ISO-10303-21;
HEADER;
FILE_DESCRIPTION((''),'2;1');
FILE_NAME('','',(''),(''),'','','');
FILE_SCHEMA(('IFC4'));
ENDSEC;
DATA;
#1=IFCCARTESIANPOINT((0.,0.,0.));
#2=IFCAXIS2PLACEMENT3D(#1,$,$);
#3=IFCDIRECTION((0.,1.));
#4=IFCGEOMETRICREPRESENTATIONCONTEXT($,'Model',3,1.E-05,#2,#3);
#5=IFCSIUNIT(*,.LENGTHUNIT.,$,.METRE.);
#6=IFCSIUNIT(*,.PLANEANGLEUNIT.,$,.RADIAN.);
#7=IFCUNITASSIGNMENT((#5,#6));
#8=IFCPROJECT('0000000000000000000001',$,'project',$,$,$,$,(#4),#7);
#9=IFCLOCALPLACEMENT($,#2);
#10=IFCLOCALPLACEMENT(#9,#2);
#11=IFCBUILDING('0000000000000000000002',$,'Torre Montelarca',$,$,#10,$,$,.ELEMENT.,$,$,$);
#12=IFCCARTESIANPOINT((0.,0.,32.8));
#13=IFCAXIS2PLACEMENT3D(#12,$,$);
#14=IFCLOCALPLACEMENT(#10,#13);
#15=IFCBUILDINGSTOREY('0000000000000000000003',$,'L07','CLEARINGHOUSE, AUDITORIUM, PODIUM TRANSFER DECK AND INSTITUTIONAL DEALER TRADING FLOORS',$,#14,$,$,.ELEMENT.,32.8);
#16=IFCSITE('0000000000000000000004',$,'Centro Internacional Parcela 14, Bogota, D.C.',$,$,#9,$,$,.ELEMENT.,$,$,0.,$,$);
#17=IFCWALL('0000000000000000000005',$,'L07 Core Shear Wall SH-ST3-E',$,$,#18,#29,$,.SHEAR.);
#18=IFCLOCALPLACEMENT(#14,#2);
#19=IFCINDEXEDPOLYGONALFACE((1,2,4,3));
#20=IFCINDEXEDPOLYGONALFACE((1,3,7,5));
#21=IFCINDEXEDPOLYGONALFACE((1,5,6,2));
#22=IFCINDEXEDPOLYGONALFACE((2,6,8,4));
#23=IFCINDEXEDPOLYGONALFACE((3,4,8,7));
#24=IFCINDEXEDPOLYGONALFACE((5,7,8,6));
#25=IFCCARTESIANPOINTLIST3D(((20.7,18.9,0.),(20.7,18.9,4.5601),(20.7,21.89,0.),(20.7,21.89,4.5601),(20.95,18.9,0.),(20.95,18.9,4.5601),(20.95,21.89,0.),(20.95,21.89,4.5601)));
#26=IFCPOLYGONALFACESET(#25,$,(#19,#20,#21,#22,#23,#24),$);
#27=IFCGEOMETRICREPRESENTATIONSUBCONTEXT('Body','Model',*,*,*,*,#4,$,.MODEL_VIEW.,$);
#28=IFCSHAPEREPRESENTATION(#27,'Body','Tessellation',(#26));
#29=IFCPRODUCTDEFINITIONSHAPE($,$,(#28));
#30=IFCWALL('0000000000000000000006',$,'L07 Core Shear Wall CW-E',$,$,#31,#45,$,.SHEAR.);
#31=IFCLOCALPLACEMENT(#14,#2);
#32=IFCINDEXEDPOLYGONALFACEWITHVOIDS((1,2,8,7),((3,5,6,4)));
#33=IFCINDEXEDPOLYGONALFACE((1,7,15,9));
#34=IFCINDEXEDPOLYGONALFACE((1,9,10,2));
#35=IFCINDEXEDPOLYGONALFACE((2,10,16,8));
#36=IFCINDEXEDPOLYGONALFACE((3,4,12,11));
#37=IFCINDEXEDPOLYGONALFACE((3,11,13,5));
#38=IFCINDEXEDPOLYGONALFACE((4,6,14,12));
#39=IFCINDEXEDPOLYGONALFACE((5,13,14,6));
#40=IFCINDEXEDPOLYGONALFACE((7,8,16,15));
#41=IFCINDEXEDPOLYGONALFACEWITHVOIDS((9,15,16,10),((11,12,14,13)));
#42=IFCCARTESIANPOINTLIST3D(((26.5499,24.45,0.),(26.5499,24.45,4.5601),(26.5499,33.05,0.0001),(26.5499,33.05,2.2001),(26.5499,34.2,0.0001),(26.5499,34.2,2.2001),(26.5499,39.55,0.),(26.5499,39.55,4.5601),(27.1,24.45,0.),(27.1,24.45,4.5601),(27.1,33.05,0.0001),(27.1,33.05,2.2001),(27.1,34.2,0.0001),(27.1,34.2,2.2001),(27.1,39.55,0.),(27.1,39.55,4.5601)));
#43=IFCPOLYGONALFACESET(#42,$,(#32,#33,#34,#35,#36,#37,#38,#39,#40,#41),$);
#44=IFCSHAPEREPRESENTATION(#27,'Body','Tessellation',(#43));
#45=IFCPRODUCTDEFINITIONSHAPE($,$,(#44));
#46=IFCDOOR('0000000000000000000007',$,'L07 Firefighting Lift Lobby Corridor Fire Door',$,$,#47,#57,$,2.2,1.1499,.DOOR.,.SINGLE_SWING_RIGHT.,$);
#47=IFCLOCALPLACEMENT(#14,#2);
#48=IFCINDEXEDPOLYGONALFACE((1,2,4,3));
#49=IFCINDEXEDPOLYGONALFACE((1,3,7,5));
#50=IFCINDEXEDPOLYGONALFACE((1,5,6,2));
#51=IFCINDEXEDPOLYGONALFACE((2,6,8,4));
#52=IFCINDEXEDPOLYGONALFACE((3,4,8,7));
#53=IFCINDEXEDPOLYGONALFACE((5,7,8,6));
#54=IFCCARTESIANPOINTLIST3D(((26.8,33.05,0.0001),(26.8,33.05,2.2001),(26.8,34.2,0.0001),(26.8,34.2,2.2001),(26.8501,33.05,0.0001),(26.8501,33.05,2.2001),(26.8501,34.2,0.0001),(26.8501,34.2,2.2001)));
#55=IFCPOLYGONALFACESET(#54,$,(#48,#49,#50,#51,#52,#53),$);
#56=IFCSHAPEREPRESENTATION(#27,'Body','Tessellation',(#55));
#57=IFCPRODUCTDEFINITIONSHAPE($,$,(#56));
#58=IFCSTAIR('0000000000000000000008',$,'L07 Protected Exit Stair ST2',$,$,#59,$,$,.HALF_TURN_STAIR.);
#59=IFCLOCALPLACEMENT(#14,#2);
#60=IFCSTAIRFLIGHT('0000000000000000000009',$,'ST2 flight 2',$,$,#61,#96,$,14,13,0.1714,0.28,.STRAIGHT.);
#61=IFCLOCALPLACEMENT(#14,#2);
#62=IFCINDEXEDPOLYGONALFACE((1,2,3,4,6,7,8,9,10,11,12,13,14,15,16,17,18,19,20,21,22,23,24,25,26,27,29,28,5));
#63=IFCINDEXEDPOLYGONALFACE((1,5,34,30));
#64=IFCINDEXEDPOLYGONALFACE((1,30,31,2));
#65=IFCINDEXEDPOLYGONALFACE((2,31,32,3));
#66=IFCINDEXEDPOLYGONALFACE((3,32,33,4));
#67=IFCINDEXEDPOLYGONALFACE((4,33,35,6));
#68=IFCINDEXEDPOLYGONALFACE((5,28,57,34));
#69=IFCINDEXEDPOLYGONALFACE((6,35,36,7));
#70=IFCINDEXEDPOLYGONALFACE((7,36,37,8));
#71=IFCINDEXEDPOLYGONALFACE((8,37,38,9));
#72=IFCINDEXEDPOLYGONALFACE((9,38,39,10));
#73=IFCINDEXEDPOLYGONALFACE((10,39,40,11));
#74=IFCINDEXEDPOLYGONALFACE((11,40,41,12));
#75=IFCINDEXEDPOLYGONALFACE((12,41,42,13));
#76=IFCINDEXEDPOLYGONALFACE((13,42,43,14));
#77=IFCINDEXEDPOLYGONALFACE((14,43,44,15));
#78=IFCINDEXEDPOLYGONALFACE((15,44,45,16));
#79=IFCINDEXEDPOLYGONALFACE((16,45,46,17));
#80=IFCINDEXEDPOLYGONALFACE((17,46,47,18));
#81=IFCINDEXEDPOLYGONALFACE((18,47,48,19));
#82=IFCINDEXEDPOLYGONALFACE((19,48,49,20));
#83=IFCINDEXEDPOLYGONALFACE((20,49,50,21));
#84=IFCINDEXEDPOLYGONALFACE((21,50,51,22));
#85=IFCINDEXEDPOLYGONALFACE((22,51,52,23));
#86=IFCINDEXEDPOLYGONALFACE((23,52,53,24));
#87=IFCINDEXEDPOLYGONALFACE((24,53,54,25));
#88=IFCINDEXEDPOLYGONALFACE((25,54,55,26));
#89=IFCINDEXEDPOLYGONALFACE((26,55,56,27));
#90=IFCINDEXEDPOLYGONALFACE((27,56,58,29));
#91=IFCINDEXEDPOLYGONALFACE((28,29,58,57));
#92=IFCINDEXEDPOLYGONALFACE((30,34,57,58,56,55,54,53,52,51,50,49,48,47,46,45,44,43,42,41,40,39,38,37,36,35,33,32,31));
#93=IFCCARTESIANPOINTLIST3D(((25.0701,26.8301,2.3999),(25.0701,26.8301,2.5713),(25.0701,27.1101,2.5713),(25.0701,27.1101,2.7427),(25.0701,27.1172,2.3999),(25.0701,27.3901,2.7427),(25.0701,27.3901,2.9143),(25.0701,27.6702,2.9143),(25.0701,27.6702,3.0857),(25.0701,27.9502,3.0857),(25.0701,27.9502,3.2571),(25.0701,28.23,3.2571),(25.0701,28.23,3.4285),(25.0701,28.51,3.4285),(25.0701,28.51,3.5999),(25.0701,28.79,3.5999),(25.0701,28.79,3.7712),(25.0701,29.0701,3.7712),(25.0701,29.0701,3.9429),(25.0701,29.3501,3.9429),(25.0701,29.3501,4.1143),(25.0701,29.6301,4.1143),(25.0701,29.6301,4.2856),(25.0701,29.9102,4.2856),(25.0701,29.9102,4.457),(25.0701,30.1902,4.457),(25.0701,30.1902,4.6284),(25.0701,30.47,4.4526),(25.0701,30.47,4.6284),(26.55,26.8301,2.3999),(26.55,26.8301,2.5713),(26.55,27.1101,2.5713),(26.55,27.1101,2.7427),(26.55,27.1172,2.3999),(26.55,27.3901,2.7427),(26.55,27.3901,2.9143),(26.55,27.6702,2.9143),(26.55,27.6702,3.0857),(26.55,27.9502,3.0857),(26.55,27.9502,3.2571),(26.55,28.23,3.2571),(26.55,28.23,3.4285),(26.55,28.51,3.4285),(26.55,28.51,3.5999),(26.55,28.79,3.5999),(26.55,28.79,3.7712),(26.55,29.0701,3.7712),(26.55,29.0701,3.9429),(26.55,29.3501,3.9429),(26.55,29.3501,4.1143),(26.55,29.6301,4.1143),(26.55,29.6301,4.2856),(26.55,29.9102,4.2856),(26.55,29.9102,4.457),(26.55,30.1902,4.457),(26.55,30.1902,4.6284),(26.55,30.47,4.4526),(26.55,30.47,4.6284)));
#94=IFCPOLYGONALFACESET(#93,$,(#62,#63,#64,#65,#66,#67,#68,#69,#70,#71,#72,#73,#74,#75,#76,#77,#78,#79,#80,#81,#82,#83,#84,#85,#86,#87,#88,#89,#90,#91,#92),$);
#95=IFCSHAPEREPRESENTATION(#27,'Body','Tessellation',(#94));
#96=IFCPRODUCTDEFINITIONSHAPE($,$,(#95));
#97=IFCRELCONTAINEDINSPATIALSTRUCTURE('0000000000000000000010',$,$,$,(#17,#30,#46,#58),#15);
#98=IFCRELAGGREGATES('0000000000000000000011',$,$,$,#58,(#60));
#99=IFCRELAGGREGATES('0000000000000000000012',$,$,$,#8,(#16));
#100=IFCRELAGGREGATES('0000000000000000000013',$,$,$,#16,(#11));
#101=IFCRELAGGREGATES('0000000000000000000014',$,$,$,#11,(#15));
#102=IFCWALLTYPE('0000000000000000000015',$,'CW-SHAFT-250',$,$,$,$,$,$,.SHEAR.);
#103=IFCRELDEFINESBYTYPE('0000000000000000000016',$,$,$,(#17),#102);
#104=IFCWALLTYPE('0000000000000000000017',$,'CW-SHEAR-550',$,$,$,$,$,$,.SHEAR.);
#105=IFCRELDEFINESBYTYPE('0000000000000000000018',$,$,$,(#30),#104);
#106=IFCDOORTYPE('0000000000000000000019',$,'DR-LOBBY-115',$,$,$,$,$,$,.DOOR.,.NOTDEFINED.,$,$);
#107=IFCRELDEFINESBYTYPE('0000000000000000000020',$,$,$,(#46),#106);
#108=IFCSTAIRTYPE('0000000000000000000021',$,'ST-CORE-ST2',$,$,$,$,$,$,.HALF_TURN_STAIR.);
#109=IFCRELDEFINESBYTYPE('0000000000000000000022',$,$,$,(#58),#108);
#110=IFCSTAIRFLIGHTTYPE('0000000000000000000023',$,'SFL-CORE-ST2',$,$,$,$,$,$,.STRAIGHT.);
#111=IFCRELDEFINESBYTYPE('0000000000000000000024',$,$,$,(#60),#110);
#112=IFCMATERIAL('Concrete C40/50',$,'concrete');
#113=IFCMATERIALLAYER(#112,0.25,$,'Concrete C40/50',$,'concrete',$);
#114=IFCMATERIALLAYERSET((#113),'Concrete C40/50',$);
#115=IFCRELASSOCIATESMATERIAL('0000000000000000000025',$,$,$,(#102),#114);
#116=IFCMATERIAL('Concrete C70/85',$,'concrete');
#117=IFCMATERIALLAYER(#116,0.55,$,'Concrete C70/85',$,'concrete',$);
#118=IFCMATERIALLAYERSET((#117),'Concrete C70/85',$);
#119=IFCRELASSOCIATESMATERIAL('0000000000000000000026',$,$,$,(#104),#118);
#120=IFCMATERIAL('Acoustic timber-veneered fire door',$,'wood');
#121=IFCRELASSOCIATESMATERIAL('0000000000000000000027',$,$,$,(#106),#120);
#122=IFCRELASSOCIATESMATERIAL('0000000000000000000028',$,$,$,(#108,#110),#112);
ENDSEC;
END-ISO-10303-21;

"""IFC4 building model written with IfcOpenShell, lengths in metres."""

from ifc_helpers import new_model, si_unit, direction, frame, frame_2d, origin, place, context, subcontext, project, spatial, polyline, rectangle, outline, extrude, source, transform, mapped, material, layer, layer_set, type_object, element, fill, aggregate, save


model = new_model("IFC4")

# Units and contexts
model_context = context("Model", 3, precision=1e-05, world=origin(), true_north=direction((0.0, 1.0)))
body_context = subcontext(model_context, "Body", "Model", "MODEL_VIEW")
ifc_project = project(units=[si_unit("LENGTHUNIT", "METRE"), si_unit("PLANEANGLEUNIT", "RADIAN")], contexts=[model_context])

# Site, building, storey
site_placement = place(None, origin())
site = spatial("IfcSite", under=ifc_project, at=site_placement, Name="Centro Internacional Parcela 14, Bogota, D.C.", CompositionType="ELEMENT", RefElevation=0.0)
building_placement = place(site_placement, origin())
building = spatial("IfcBuilding", under=site, at=building_placement, Name="Torre Montelarca", CompositionType="ELEMENT")
storey_placement = place(building_placement, frame((0.0, 0.0, 32.8)))
storey = spatial("IfcBuildingStorey", under=building, at=storey_placement, Name="L07", Description="CLEARINGHOUSE, AUDITORIUM, PODIUM TRANSFER DECK AND INSTITUTIONAL DEALER TRADING FLOORS", CompositionType="ELEMENT", Elevation=32.8)

# Shared definitions
ifc_material_1 = material(Name="Concrete C70/85", Category="concrete")

# Wall
ifc_material_2 = material(Name="Concrete C40/50", Category="concrete")
ifc_layer_1 = layer(ifc_material_2, 0.25, Name="Concrete C40/50", Category="concrete")
ifc_layer_set_1 = layer_set([ifc_layer_1], Name="Concrete C40/50")
wall_type_1 = type_object("IfcWallType", Name="CW-SHAFT-250", PredefinedType="SHEAR", material=ifc_layer_set_1)
wall_1_placement = place(storey_placement, frame((20.825, 18.8999, 0.0), z_axis=(0.0, 0.0, 1.0), x_axis=(0.0, 1.0, 0.0)))
element("IfcWall", 1, at=wall_1_placement, inside=storey, type_object=wall_type_1, Name="L07 Core Shear Wall SH-ST3-E", PredefinedType="SHEAR", context=body_context, shape_type="SweptSolid", body=[
    extrude(rectangle(XDim=2.99, YDim=0.25, at=frame_2d((1.4951, 0.0))), origin(), (0.0, 0.0, 1.0), 4.5601),
])

# Wall, opening, door
ifc_layer_2 = layer(ifc_material_1, 0.55, Name="Concrete C70/85", Category="concrete")
ifc_layer_set_2 = layer_set([ifc_layer_2], Name="Concrete C70/85")
wall_type_2 = type_object("IfcWallType", Name="CW-SHEAR-550", PredefinedType="SHEAR", material=ifc_layer_set_2)
wall_2_placement = place(storey_placement, frame((26.825, 24.45, 0.0), z_axis=(0.0, 0.0, 1.0), x_axis=(0.0, 1.0, 0.0)))
wall_2 = element("IfcWall", 2, at=wall_2_placement, inside=storey, type_object=wall_type_2, Name="L07 Core Shear Wall CW-E", PredefinedType="SHEAR", context=body_context, shape_type="SweptSolid", body=[
    extrude(rectangle(XDim=15.1001, YDim=0.55, at=frame_2d((7.55, 0.0))), origin(), (0.0, 0.0, 1.0), 4.5601),
])
opening_placement = place(wall_2_placement, frame((8.6001, 0.0, 0.0)))
opening = element("IfcOpeningElement", 3, at=opening_placement, cuts=wall_2, PredefinedType="OPENING", context=body_context, shape_type="SweptSolid", body=[
    extrude(rectangle(XDim=1.1499, YDim=2.2, at=frame_2d((0.575, 1.1001))), frame((0.0, 0.2852, 0.0), z_axis=(0.0, -1.0, 0.0), x_axis=(1.0, 0.0, 0.0)), (0.0, 0.0, 1.0), 0.5701),
])
ifc_material_3 = material(Name="Acoustic timber-veneered fire door", Category="wood")
door_type = type_object("IfcDoorType", Name="DR-LOBBY-115", OperationType="NOTDEFINED", PredefinedType="DOOR", material=ifc_material_3)
shared_shape_1 = source(origin(), body_context, "Body", "SweptSolid", [
    extrude(rectangle(XDim=1.1499, YDim=2.2, at=frame_2d((0.575, 1.1001))), frame((0.0, 0.0249, 0.0), z_axis=(0.0, -1.0, 0.0), x_axis=(1.0, 0.0, 0.0)), (0.0, 0.0, 1.0), 0.05),
])
door_placement = place(opening_placement, origin())
door = element("IfcDoor", 4, at=door_placement, inside=storey, type_object=door_type, Name="L07 Firefighting Lift Lobby Corridor Fire Door", OperationType="SINGLE_SWING_RIGHT", OverallHeight=2.2, OverallWidth=1.1499, PredefinedType="DOOR", context=body_context, shape_type="MappedRepresentation", body=[
    mapped(shared_shape_1, transform((0.0, 0.0, 0.0), scale=1.0)),
])
fill(opening, door)

# Stair, stair flight
stair_type = type_object("IfcStairType", Name="ST-CORE-ST2", PredefinedType="HALF_TURN_STAIR", material=ifc_material_2)
stair_placement = place(storey_placement, origin())
stair = element("IfcStair", 5, at=stair_placement, inside=storey, type_object=stair_type, Name="L07 Protected Exit Stair ST2", PredefinedType="HALF_TURN_STAIR")
stair_flight_type = type_object("IfcStairFlightType", Name="SFL-CORE-ST2", PredefinedType="STRAIGHT", material=ifc_material_2)
stair_flight_placement = place(storey_placement, frame((25.8101, 26.8301, 2.3999), z_axis=(0.0, 0.0, 1.0), x_axis=(0.0, 1.0, 0.0)))
stair_flight = element("IfcStairFlight", 6, at=stair_flight_placement, type_object=stair_flight_type, Name="ST2 flight 2", NumberOfRisers=14, NumberOfTreads=13, PredefinedType="STRAIGHT", RiserHeight=0.1714, TreadLength=0.28, context=body_context, shape_type="SweptSolid", body=[
    extrude(outline(polyline([(0.0, 0.0), (0.0, 0.1714), (0.28, 0.1714), (0.28, 0.3428), (0.5601, 0.3428), (0.5601, 0.5144), (0.8401, 0.5144), (0.8401, 0.6858), (1.1201, 0.6858), (1.1201, 0.8572), (1.3999, 0.8572), (1.3999, 1.0286), (1.6799, 1.0286), (1.6799, 1.2), (1.96, 1.2), (1.96, 1.3713), (2.24, 1.3713), (2.24, 1.543), (2.52, 1.543), (2.52, 1.7144), (2.8, 1.7144), (2.8, 1.8857), (3.0801, 1.8857), (3.0801, 2.0571), (3.3601, 2.0571), (3.3601, 2.2285), (3.6399, 2.2285), (3.6399, 2.3999), (3.6399, 2.0527), (0.2871, 0.0), (0.0, 0.0)])), frame((0.0, 0.74, 0.0), z_axis=(0.0, -1.0, 0.0), x_axis=(1.0, 0.0, 0.0)), (0.0, 0.0, 1.0), 1.48),
])
aggregate(stair, [stair_flight])

save(model, "model.ifc")
